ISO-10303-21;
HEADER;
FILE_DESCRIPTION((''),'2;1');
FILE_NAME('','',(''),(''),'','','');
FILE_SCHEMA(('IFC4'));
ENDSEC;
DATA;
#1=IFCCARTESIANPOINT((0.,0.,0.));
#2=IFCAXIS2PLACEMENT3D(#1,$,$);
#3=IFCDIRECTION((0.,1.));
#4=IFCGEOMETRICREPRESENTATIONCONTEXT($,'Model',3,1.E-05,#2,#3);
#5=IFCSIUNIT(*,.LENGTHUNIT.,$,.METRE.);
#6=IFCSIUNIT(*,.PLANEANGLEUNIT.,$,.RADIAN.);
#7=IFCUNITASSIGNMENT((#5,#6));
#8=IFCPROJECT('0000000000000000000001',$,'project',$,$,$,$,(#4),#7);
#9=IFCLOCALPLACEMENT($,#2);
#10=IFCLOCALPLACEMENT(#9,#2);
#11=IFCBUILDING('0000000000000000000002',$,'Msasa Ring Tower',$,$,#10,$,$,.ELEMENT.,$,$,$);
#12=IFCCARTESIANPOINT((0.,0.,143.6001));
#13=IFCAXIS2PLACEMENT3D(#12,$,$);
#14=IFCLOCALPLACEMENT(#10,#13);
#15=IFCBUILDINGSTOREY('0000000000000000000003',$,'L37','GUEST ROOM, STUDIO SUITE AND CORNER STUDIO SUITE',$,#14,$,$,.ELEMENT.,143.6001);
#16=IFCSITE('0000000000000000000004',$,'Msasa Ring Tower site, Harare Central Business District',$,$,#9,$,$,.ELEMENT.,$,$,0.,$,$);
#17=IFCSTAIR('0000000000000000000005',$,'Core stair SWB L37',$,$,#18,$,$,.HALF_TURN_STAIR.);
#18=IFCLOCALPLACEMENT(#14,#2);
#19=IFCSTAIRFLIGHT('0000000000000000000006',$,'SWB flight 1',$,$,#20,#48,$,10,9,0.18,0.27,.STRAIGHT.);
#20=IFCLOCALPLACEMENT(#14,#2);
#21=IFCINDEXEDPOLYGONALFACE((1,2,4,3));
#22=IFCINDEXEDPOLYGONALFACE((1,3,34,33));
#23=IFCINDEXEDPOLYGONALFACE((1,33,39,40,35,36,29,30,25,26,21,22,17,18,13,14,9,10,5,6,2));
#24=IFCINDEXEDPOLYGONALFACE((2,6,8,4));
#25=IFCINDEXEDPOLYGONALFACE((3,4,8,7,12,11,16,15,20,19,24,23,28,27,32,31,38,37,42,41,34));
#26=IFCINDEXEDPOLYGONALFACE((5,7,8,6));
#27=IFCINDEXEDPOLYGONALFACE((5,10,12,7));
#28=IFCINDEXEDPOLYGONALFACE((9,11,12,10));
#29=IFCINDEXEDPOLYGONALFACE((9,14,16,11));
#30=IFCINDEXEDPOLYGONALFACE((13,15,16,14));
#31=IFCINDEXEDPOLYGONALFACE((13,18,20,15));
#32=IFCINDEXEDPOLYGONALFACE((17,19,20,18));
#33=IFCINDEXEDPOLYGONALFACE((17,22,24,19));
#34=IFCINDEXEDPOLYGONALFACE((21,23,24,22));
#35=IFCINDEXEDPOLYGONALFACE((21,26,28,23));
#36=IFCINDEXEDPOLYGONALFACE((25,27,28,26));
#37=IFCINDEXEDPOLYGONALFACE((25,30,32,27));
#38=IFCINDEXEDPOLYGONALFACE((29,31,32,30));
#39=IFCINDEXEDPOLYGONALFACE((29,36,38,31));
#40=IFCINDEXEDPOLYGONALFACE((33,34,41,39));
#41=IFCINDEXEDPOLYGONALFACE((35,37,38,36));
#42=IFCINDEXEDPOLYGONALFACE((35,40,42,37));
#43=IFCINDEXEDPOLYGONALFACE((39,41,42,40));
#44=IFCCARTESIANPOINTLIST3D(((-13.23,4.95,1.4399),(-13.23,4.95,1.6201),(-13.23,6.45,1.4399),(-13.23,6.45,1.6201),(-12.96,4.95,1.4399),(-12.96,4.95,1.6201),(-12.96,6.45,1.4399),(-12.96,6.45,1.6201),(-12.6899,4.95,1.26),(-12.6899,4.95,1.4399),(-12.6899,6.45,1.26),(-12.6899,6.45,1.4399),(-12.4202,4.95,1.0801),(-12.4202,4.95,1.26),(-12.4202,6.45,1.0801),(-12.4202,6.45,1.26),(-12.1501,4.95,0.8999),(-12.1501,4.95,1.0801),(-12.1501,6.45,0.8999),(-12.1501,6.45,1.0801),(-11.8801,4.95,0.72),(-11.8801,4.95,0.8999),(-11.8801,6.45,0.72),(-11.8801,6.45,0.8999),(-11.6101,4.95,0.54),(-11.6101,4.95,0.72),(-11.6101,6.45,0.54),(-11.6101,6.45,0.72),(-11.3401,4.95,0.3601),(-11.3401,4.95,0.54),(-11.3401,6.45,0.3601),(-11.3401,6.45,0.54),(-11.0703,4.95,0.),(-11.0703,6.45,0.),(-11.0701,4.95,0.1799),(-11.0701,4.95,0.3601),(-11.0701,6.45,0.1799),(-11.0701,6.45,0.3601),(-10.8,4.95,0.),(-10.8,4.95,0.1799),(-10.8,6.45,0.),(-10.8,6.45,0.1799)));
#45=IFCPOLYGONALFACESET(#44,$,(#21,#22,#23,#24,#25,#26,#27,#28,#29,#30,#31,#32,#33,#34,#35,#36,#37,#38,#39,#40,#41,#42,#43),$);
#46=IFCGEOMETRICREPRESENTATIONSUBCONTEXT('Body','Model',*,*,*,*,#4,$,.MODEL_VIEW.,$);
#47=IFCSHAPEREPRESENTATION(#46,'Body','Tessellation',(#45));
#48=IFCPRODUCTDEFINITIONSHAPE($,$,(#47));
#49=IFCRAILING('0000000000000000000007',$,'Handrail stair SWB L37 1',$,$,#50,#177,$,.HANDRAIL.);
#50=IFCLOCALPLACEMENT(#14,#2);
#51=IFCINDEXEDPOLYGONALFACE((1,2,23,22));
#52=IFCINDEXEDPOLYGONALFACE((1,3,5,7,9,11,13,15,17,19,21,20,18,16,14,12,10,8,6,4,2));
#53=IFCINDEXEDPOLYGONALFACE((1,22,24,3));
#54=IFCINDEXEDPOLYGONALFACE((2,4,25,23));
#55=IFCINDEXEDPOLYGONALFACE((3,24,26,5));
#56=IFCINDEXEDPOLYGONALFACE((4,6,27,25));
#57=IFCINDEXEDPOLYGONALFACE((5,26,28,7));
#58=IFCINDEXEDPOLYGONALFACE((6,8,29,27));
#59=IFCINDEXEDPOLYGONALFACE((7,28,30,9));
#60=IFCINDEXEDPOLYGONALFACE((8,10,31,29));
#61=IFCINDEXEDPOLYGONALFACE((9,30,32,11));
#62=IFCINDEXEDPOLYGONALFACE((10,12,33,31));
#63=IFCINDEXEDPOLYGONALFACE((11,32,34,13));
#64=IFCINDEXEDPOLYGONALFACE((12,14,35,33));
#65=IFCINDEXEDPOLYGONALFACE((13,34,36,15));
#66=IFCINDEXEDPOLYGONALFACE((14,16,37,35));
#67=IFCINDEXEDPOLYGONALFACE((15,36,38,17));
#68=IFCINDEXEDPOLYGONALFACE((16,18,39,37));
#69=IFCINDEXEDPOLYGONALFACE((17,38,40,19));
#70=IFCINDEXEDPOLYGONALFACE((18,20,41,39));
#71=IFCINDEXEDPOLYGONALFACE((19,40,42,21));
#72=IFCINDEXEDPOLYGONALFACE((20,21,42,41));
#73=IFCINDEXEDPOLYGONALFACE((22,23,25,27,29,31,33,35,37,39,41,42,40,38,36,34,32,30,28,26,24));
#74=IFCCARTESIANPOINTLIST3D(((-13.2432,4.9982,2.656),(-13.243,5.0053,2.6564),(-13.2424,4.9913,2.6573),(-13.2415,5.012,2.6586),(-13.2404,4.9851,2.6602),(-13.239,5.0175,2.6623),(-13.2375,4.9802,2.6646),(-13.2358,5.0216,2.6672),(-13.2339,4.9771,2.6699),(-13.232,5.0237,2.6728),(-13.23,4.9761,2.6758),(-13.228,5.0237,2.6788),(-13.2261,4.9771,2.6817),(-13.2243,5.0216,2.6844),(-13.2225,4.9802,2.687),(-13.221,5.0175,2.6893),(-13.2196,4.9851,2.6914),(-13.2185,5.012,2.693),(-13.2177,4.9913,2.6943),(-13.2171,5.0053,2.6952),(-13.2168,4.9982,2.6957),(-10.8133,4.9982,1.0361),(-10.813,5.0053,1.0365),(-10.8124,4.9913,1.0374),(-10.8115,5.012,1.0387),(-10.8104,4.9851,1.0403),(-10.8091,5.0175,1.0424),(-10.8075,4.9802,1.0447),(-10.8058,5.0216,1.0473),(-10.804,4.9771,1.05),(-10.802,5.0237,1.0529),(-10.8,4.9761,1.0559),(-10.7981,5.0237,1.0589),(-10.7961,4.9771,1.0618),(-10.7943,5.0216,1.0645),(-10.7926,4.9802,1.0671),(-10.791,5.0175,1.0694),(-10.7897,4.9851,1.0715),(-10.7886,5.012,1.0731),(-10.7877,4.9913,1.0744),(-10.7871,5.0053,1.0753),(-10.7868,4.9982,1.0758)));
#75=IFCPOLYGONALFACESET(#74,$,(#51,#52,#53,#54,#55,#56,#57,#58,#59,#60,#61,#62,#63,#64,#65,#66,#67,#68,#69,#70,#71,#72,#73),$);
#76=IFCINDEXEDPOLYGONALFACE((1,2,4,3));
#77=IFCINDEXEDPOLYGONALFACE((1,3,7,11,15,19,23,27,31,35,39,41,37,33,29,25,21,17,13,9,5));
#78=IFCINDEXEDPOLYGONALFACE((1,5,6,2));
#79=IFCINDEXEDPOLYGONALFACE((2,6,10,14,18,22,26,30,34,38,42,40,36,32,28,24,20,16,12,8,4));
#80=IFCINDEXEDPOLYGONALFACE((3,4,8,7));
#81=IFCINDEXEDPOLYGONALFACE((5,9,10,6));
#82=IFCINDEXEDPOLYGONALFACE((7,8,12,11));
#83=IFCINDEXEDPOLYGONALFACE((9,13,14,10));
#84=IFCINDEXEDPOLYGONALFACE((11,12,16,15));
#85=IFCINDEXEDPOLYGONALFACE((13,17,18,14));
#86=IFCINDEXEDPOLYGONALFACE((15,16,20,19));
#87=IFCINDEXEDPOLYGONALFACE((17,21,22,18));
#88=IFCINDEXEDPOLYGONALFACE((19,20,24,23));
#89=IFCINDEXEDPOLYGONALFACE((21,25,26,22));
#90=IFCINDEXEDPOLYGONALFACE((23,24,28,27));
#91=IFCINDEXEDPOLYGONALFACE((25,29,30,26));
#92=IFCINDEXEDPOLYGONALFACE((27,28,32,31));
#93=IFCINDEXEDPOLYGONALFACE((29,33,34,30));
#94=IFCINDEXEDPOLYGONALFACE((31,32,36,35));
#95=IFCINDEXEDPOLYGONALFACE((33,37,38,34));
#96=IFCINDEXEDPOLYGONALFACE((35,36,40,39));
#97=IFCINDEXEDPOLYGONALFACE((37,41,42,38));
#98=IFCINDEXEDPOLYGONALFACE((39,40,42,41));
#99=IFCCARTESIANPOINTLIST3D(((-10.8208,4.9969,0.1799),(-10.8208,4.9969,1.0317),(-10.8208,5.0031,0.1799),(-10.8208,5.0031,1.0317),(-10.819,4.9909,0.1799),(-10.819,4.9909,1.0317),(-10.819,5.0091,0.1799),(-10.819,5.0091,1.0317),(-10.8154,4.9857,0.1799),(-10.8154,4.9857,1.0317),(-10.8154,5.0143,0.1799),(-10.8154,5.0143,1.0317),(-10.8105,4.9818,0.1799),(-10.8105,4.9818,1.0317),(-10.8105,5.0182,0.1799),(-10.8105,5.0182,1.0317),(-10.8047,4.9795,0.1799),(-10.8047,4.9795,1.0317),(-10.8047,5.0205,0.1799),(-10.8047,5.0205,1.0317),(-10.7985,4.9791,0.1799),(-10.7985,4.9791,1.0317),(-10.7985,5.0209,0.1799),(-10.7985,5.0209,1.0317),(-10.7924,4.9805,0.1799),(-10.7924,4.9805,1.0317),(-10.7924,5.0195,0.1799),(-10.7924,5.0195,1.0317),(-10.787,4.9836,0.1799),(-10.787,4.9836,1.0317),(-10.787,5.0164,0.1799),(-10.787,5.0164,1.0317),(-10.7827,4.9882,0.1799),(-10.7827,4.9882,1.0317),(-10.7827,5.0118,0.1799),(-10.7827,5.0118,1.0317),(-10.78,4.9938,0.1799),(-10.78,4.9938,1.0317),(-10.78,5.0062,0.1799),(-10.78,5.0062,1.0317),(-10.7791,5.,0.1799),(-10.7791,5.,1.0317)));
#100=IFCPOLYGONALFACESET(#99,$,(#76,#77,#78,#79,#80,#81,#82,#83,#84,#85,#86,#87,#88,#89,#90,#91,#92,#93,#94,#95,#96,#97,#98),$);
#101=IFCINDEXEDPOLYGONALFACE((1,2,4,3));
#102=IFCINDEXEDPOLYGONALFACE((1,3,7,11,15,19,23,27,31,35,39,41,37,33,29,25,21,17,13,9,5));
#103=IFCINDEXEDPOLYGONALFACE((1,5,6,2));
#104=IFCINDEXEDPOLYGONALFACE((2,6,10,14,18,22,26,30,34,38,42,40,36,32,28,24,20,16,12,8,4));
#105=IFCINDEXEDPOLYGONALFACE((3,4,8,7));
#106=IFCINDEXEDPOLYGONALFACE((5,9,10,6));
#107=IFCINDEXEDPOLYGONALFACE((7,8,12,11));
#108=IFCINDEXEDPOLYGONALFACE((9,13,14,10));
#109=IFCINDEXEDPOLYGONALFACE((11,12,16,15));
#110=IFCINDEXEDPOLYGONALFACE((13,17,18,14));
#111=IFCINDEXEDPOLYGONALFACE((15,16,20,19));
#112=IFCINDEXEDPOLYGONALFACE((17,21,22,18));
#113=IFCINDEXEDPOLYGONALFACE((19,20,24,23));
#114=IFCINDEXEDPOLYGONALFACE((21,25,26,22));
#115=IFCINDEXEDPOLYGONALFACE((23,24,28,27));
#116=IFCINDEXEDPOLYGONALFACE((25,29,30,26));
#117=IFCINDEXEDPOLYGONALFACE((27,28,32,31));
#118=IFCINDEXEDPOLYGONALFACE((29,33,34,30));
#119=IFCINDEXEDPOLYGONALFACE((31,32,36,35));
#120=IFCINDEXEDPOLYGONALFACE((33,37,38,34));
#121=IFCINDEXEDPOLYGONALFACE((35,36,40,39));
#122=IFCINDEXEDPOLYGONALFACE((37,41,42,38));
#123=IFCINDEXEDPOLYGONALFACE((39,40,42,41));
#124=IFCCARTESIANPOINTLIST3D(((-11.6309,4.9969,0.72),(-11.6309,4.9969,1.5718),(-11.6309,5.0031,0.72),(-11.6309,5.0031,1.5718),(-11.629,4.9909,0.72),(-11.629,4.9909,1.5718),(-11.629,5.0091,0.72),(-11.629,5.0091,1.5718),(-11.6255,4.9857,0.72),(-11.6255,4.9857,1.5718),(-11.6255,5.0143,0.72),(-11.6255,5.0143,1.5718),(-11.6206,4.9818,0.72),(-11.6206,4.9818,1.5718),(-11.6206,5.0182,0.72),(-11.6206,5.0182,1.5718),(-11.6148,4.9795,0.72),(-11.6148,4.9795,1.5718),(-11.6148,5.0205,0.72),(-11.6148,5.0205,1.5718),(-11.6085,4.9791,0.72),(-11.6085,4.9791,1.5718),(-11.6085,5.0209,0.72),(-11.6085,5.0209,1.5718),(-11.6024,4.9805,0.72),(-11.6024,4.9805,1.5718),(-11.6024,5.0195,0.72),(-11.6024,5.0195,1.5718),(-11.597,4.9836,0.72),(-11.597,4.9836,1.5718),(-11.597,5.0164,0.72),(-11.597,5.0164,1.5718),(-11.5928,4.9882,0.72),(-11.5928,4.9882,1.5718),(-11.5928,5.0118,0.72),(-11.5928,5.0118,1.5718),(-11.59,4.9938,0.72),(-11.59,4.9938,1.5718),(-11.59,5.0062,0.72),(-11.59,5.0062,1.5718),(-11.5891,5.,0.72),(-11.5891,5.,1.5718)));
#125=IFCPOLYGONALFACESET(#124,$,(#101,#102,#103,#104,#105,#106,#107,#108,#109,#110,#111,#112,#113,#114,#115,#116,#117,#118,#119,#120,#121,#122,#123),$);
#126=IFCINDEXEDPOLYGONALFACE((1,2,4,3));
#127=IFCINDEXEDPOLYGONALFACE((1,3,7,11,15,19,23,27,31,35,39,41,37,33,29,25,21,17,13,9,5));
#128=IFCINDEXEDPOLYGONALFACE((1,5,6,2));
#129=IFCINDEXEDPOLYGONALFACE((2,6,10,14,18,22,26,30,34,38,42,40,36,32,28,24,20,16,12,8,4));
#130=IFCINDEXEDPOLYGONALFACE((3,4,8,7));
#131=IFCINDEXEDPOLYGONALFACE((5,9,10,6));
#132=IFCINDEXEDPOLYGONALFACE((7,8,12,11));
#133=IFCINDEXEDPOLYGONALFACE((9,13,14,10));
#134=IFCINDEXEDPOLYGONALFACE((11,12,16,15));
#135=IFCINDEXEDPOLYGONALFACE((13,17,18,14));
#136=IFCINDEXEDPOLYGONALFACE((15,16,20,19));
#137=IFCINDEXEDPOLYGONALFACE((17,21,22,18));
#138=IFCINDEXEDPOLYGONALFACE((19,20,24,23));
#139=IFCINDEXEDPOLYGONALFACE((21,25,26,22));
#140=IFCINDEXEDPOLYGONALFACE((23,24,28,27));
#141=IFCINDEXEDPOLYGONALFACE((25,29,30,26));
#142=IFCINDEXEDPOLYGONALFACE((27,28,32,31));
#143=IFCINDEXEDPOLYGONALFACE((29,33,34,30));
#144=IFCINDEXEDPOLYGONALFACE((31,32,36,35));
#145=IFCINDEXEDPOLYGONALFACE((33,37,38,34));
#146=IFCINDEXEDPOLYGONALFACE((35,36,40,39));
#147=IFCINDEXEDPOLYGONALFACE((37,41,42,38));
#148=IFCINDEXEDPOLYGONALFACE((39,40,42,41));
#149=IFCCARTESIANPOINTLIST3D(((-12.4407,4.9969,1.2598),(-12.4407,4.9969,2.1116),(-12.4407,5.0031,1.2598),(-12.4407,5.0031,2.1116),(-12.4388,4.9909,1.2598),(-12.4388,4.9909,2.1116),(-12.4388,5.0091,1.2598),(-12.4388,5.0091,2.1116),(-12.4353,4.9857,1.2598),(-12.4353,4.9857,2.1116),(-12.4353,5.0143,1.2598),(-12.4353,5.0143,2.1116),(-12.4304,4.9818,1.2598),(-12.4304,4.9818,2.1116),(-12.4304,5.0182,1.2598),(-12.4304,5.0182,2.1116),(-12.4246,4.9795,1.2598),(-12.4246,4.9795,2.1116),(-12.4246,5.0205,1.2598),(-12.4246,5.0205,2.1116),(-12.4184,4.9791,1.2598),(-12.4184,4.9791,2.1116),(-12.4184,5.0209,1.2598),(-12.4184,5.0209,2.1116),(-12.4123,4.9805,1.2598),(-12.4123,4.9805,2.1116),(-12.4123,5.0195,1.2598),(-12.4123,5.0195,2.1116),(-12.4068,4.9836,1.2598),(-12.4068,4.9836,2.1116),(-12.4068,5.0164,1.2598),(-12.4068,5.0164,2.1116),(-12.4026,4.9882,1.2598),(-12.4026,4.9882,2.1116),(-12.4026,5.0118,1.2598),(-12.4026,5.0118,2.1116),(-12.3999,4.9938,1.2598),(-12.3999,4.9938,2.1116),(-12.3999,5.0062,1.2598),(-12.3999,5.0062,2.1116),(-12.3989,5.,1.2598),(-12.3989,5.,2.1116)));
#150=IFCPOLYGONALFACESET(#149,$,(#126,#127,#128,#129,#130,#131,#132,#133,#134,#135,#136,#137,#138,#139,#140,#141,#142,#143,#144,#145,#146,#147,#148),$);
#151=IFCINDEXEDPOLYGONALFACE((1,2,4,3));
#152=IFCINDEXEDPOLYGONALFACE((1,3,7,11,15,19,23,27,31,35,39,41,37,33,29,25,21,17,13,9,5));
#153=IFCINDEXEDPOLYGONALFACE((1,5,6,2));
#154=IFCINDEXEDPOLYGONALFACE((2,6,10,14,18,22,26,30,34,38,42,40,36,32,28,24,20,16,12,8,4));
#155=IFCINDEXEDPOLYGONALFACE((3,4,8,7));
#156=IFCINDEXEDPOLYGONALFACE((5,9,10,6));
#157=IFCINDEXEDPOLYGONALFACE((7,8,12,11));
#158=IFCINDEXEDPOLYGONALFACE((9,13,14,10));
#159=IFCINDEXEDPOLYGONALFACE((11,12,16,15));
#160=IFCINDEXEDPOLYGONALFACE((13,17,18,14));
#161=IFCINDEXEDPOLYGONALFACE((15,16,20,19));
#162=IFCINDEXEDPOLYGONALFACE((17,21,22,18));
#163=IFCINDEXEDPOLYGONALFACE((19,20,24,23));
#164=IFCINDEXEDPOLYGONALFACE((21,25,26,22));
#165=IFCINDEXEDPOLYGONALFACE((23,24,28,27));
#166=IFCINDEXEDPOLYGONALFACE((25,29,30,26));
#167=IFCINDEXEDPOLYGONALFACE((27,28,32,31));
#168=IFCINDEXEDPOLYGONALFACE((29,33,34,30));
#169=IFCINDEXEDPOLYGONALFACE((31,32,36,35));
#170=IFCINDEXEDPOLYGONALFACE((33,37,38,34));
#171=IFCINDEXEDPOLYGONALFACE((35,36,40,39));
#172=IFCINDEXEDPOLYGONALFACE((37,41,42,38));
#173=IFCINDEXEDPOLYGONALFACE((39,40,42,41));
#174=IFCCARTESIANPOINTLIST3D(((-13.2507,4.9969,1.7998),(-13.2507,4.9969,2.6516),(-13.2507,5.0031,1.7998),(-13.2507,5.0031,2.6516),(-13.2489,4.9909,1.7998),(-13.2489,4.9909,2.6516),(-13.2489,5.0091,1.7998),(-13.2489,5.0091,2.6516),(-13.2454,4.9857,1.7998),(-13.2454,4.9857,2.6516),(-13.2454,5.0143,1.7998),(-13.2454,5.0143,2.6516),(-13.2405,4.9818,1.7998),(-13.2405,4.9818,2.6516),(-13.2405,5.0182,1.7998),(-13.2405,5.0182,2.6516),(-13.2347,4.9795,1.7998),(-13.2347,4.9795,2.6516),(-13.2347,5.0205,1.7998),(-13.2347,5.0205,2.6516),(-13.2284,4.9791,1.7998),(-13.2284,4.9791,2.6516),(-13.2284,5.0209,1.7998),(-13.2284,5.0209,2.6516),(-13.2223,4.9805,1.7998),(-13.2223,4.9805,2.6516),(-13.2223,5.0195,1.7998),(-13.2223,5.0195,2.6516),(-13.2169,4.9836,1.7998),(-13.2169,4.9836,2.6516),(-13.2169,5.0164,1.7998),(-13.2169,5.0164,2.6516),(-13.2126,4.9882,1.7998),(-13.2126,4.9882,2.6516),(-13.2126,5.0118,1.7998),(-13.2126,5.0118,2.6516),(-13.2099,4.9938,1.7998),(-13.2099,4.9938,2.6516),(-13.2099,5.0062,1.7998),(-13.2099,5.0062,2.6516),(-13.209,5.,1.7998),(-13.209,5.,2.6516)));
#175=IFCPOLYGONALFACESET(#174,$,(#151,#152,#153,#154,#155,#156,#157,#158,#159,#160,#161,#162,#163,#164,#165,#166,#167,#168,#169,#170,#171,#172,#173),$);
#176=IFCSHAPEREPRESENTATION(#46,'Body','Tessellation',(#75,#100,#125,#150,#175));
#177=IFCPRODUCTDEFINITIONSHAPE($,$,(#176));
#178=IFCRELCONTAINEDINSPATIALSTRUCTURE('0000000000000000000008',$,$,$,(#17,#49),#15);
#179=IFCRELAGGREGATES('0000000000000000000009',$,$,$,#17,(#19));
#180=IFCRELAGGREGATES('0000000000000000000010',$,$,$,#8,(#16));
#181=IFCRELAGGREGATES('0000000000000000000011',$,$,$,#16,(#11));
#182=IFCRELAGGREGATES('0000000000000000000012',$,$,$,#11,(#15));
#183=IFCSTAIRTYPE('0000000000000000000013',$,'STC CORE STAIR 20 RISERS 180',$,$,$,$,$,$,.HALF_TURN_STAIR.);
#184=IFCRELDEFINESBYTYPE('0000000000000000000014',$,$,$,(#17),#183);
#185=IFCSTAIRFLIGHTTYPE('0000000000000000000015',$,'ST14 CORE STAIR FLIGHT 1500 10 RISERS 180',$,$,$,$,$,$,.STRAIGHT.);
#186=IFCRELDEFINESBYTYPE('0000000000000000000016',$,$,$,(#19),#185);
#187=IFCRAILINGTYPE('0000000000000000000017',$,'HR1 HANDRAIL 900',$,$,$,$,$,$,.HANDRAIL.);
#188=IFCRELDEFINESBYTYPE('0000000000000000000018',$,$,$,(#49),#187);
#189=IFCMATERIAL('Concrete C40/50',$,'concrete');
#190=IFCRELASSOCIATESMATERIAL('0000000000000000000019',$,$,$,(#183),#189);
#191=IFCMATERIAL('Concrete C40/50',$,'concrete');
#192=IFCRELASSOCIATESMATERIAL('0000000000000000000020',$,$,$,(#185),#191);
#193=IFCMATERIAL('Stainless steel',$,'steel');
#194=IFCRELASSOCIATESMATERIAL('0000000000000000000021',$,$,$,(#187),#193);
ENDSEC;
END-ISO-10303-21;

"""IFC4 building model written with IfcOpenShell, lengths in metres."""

from ifc_helpers import new_model, si_unit, direction, frame, origin, origin_2d, place, context, subcontext, project, spatial, polyline, circle, outline, extrude, material, type_object, element, aggregate, save


model = new_model("IFC4")

# Units and contexts
model_context = context("Model", 3, precision=1e-05, world=origin(), true_north=direction((0.0, 1.0)))
body_context = subcontext(model_context, "Body", "Model", "MODEL_VIEW")
ifc_project = project(units=[si_unit("LENGTHUNIT", "METRE"), si_unit("PLANEANGLEUNIT", "RADIAN")], contexts=[model_context])

# Site, building, storey
site_placement = place(None, origin())
site = spatial("IfcSite", under=ifc_project, at=site_placement, Name="Msasa Ring Tower site, Harare Central Business District", CompositionType="ELEMENT", RefElevation=0.0)
building_placement = place(site_placement, origin())
building = spatial("IfcBuilding", under=site, at=building_placement, Name="Msasa Ring Tower", CompositionType="ELEMENT")
storey_placement = place(building_placement, frame((0.0, 0.0, 143.6001)))
storey = spatial("IfcBuildingStorey", under=building, at=storey_placement, Name="L37", Description="GUEST ROOM, STUDIO SUITE AND CORNER STUDIO SUITE", CompositionType="ELEMENT", Elevation=143.6001)

# Stair, stair flight
ifc_material_1 = material(Name="Concrete C40/50", Category="concrete")
stair_type = type_object("IfcStairType", Name="STC CORE STAIR 20 RISERS 180", PredefinedType="HALF_TURN_STAIR", material=ifc_material_1)
stair_placement = place(storey_placement, origin())
stair = element("IfcStair", 1, at=stair_placement, inside=storey, type_object=stair_type, Name="Core stair SWB L37", PredefinedType="HALF_TURN_STAIR")
ifc_material_2 = material(Name="Concrete C40/50", Category="concrete")
stair_flight_type = type_object("IfcStairFlightType", Name="ST14 CORE STAIR FLIGHT 1500 10 RISERS 180", PredefinedType="STRAIGHT", material=ifc_material_2)
stair_flight_placement = place(storey_placement, frame((-10.8, 5.7, 0.0), z_axis=(0.0, 0.0, 1.0), x_axis=(-1.0, 0.0, 0.0)))
stair_flight = element("IfcStairFlight", 2, at=stair_flight_placement, type_object=stair_flight_type, Name="SWB flight 1", NumberOfRisers=10, NumberOfTreads=9, PredefinedType="STRAIGHT", RiserHeight=0.18, TreadLength=0.27, context=body_context, shape_type="SweptSolid", body=[
    extrude(outline(polyline([(0.0, 0.0), (0.0, 0.1799), (0.27, 0.1799), (0.27, 0.3601), (0.54, 0.3601), (0.54, 0.54), (0.8101, 0.54), (0.8101, 0.72), (1.0801, 0.72), (1.0801, 0.8999), (1.3501, 0.8999), (1.3501, 1.0801), (1.6201, 1.0801), (1.6201, 1.26), (1.8899, 1.26), (1.8899, 1.4399), (2.1599, 1.4399), (2.1599, 1.6201), (2.4299, 1.6201), (2.4299, 1.8), (2.4299, 1.4399), (0.2703, 0.0), (0.0, 0.0)])), frame((0.0, 0.75, 0.0), z_axis=(0.0, -1.0, 0.0), x_axis=(1.0, 0.0, 0.0)), (0.0, 0.0, 1.0), 1.5),
])
aggregate(stair, [stair_flight])

# Railing
ifc_material_3 = material(Name="Stainless steel", Category="steel")
railing_type = type_object("IfcRailingType", Name="HR1 HANDRAIL 900", PredefinedType="HANDRAIL", material=ifc_material_3)
for number, where, name in (
    (3, (-10.8, 5.0, 0.1799), "Handrail stair SWB L37 1"),
):
    element("IfcRailing", number, at=place(storey_placement, frame(where)), inside=storey, type_object=railing_type, Name=name, PredefinedType="HANDRAIL", context=body_context, shape_type="SweptSolid", body=[
        extrude(circle(Radius=0.0239, at=origin_2d()), frame((0.0, 0.0, 0.876), z_axis=(-0.832063, 0.0, 0.554681), x_axis=(0.0, -1.0, 0.0)), (0.0, 0.0, 1.0), 2.9204),
        extrude(circle(Radius=0.021, at=origin_2d()), origin(), (0.0, 0.0, 1.0), 0.8518),
        extrude(circle(Radius=0.021, at=origin_2d()), frame((-0.8101, 0.0, 0.54)), (0.0, 0.0, 1.0), 0.8518),
        extrude(circle(Radius=0.021, at=origin_2d()), frame((-1.6199, 0.0, 1.0798)), (0.0, 0.0, 1.0), 0.8518),
        extrude(circle(Radius=0.021, at=origin_2d()), frame((-2.4299, 0.0, 1.6199)), (0.0, 0.0, 1.0), 0.8518),
    ])

save(model, "model.ifc")
